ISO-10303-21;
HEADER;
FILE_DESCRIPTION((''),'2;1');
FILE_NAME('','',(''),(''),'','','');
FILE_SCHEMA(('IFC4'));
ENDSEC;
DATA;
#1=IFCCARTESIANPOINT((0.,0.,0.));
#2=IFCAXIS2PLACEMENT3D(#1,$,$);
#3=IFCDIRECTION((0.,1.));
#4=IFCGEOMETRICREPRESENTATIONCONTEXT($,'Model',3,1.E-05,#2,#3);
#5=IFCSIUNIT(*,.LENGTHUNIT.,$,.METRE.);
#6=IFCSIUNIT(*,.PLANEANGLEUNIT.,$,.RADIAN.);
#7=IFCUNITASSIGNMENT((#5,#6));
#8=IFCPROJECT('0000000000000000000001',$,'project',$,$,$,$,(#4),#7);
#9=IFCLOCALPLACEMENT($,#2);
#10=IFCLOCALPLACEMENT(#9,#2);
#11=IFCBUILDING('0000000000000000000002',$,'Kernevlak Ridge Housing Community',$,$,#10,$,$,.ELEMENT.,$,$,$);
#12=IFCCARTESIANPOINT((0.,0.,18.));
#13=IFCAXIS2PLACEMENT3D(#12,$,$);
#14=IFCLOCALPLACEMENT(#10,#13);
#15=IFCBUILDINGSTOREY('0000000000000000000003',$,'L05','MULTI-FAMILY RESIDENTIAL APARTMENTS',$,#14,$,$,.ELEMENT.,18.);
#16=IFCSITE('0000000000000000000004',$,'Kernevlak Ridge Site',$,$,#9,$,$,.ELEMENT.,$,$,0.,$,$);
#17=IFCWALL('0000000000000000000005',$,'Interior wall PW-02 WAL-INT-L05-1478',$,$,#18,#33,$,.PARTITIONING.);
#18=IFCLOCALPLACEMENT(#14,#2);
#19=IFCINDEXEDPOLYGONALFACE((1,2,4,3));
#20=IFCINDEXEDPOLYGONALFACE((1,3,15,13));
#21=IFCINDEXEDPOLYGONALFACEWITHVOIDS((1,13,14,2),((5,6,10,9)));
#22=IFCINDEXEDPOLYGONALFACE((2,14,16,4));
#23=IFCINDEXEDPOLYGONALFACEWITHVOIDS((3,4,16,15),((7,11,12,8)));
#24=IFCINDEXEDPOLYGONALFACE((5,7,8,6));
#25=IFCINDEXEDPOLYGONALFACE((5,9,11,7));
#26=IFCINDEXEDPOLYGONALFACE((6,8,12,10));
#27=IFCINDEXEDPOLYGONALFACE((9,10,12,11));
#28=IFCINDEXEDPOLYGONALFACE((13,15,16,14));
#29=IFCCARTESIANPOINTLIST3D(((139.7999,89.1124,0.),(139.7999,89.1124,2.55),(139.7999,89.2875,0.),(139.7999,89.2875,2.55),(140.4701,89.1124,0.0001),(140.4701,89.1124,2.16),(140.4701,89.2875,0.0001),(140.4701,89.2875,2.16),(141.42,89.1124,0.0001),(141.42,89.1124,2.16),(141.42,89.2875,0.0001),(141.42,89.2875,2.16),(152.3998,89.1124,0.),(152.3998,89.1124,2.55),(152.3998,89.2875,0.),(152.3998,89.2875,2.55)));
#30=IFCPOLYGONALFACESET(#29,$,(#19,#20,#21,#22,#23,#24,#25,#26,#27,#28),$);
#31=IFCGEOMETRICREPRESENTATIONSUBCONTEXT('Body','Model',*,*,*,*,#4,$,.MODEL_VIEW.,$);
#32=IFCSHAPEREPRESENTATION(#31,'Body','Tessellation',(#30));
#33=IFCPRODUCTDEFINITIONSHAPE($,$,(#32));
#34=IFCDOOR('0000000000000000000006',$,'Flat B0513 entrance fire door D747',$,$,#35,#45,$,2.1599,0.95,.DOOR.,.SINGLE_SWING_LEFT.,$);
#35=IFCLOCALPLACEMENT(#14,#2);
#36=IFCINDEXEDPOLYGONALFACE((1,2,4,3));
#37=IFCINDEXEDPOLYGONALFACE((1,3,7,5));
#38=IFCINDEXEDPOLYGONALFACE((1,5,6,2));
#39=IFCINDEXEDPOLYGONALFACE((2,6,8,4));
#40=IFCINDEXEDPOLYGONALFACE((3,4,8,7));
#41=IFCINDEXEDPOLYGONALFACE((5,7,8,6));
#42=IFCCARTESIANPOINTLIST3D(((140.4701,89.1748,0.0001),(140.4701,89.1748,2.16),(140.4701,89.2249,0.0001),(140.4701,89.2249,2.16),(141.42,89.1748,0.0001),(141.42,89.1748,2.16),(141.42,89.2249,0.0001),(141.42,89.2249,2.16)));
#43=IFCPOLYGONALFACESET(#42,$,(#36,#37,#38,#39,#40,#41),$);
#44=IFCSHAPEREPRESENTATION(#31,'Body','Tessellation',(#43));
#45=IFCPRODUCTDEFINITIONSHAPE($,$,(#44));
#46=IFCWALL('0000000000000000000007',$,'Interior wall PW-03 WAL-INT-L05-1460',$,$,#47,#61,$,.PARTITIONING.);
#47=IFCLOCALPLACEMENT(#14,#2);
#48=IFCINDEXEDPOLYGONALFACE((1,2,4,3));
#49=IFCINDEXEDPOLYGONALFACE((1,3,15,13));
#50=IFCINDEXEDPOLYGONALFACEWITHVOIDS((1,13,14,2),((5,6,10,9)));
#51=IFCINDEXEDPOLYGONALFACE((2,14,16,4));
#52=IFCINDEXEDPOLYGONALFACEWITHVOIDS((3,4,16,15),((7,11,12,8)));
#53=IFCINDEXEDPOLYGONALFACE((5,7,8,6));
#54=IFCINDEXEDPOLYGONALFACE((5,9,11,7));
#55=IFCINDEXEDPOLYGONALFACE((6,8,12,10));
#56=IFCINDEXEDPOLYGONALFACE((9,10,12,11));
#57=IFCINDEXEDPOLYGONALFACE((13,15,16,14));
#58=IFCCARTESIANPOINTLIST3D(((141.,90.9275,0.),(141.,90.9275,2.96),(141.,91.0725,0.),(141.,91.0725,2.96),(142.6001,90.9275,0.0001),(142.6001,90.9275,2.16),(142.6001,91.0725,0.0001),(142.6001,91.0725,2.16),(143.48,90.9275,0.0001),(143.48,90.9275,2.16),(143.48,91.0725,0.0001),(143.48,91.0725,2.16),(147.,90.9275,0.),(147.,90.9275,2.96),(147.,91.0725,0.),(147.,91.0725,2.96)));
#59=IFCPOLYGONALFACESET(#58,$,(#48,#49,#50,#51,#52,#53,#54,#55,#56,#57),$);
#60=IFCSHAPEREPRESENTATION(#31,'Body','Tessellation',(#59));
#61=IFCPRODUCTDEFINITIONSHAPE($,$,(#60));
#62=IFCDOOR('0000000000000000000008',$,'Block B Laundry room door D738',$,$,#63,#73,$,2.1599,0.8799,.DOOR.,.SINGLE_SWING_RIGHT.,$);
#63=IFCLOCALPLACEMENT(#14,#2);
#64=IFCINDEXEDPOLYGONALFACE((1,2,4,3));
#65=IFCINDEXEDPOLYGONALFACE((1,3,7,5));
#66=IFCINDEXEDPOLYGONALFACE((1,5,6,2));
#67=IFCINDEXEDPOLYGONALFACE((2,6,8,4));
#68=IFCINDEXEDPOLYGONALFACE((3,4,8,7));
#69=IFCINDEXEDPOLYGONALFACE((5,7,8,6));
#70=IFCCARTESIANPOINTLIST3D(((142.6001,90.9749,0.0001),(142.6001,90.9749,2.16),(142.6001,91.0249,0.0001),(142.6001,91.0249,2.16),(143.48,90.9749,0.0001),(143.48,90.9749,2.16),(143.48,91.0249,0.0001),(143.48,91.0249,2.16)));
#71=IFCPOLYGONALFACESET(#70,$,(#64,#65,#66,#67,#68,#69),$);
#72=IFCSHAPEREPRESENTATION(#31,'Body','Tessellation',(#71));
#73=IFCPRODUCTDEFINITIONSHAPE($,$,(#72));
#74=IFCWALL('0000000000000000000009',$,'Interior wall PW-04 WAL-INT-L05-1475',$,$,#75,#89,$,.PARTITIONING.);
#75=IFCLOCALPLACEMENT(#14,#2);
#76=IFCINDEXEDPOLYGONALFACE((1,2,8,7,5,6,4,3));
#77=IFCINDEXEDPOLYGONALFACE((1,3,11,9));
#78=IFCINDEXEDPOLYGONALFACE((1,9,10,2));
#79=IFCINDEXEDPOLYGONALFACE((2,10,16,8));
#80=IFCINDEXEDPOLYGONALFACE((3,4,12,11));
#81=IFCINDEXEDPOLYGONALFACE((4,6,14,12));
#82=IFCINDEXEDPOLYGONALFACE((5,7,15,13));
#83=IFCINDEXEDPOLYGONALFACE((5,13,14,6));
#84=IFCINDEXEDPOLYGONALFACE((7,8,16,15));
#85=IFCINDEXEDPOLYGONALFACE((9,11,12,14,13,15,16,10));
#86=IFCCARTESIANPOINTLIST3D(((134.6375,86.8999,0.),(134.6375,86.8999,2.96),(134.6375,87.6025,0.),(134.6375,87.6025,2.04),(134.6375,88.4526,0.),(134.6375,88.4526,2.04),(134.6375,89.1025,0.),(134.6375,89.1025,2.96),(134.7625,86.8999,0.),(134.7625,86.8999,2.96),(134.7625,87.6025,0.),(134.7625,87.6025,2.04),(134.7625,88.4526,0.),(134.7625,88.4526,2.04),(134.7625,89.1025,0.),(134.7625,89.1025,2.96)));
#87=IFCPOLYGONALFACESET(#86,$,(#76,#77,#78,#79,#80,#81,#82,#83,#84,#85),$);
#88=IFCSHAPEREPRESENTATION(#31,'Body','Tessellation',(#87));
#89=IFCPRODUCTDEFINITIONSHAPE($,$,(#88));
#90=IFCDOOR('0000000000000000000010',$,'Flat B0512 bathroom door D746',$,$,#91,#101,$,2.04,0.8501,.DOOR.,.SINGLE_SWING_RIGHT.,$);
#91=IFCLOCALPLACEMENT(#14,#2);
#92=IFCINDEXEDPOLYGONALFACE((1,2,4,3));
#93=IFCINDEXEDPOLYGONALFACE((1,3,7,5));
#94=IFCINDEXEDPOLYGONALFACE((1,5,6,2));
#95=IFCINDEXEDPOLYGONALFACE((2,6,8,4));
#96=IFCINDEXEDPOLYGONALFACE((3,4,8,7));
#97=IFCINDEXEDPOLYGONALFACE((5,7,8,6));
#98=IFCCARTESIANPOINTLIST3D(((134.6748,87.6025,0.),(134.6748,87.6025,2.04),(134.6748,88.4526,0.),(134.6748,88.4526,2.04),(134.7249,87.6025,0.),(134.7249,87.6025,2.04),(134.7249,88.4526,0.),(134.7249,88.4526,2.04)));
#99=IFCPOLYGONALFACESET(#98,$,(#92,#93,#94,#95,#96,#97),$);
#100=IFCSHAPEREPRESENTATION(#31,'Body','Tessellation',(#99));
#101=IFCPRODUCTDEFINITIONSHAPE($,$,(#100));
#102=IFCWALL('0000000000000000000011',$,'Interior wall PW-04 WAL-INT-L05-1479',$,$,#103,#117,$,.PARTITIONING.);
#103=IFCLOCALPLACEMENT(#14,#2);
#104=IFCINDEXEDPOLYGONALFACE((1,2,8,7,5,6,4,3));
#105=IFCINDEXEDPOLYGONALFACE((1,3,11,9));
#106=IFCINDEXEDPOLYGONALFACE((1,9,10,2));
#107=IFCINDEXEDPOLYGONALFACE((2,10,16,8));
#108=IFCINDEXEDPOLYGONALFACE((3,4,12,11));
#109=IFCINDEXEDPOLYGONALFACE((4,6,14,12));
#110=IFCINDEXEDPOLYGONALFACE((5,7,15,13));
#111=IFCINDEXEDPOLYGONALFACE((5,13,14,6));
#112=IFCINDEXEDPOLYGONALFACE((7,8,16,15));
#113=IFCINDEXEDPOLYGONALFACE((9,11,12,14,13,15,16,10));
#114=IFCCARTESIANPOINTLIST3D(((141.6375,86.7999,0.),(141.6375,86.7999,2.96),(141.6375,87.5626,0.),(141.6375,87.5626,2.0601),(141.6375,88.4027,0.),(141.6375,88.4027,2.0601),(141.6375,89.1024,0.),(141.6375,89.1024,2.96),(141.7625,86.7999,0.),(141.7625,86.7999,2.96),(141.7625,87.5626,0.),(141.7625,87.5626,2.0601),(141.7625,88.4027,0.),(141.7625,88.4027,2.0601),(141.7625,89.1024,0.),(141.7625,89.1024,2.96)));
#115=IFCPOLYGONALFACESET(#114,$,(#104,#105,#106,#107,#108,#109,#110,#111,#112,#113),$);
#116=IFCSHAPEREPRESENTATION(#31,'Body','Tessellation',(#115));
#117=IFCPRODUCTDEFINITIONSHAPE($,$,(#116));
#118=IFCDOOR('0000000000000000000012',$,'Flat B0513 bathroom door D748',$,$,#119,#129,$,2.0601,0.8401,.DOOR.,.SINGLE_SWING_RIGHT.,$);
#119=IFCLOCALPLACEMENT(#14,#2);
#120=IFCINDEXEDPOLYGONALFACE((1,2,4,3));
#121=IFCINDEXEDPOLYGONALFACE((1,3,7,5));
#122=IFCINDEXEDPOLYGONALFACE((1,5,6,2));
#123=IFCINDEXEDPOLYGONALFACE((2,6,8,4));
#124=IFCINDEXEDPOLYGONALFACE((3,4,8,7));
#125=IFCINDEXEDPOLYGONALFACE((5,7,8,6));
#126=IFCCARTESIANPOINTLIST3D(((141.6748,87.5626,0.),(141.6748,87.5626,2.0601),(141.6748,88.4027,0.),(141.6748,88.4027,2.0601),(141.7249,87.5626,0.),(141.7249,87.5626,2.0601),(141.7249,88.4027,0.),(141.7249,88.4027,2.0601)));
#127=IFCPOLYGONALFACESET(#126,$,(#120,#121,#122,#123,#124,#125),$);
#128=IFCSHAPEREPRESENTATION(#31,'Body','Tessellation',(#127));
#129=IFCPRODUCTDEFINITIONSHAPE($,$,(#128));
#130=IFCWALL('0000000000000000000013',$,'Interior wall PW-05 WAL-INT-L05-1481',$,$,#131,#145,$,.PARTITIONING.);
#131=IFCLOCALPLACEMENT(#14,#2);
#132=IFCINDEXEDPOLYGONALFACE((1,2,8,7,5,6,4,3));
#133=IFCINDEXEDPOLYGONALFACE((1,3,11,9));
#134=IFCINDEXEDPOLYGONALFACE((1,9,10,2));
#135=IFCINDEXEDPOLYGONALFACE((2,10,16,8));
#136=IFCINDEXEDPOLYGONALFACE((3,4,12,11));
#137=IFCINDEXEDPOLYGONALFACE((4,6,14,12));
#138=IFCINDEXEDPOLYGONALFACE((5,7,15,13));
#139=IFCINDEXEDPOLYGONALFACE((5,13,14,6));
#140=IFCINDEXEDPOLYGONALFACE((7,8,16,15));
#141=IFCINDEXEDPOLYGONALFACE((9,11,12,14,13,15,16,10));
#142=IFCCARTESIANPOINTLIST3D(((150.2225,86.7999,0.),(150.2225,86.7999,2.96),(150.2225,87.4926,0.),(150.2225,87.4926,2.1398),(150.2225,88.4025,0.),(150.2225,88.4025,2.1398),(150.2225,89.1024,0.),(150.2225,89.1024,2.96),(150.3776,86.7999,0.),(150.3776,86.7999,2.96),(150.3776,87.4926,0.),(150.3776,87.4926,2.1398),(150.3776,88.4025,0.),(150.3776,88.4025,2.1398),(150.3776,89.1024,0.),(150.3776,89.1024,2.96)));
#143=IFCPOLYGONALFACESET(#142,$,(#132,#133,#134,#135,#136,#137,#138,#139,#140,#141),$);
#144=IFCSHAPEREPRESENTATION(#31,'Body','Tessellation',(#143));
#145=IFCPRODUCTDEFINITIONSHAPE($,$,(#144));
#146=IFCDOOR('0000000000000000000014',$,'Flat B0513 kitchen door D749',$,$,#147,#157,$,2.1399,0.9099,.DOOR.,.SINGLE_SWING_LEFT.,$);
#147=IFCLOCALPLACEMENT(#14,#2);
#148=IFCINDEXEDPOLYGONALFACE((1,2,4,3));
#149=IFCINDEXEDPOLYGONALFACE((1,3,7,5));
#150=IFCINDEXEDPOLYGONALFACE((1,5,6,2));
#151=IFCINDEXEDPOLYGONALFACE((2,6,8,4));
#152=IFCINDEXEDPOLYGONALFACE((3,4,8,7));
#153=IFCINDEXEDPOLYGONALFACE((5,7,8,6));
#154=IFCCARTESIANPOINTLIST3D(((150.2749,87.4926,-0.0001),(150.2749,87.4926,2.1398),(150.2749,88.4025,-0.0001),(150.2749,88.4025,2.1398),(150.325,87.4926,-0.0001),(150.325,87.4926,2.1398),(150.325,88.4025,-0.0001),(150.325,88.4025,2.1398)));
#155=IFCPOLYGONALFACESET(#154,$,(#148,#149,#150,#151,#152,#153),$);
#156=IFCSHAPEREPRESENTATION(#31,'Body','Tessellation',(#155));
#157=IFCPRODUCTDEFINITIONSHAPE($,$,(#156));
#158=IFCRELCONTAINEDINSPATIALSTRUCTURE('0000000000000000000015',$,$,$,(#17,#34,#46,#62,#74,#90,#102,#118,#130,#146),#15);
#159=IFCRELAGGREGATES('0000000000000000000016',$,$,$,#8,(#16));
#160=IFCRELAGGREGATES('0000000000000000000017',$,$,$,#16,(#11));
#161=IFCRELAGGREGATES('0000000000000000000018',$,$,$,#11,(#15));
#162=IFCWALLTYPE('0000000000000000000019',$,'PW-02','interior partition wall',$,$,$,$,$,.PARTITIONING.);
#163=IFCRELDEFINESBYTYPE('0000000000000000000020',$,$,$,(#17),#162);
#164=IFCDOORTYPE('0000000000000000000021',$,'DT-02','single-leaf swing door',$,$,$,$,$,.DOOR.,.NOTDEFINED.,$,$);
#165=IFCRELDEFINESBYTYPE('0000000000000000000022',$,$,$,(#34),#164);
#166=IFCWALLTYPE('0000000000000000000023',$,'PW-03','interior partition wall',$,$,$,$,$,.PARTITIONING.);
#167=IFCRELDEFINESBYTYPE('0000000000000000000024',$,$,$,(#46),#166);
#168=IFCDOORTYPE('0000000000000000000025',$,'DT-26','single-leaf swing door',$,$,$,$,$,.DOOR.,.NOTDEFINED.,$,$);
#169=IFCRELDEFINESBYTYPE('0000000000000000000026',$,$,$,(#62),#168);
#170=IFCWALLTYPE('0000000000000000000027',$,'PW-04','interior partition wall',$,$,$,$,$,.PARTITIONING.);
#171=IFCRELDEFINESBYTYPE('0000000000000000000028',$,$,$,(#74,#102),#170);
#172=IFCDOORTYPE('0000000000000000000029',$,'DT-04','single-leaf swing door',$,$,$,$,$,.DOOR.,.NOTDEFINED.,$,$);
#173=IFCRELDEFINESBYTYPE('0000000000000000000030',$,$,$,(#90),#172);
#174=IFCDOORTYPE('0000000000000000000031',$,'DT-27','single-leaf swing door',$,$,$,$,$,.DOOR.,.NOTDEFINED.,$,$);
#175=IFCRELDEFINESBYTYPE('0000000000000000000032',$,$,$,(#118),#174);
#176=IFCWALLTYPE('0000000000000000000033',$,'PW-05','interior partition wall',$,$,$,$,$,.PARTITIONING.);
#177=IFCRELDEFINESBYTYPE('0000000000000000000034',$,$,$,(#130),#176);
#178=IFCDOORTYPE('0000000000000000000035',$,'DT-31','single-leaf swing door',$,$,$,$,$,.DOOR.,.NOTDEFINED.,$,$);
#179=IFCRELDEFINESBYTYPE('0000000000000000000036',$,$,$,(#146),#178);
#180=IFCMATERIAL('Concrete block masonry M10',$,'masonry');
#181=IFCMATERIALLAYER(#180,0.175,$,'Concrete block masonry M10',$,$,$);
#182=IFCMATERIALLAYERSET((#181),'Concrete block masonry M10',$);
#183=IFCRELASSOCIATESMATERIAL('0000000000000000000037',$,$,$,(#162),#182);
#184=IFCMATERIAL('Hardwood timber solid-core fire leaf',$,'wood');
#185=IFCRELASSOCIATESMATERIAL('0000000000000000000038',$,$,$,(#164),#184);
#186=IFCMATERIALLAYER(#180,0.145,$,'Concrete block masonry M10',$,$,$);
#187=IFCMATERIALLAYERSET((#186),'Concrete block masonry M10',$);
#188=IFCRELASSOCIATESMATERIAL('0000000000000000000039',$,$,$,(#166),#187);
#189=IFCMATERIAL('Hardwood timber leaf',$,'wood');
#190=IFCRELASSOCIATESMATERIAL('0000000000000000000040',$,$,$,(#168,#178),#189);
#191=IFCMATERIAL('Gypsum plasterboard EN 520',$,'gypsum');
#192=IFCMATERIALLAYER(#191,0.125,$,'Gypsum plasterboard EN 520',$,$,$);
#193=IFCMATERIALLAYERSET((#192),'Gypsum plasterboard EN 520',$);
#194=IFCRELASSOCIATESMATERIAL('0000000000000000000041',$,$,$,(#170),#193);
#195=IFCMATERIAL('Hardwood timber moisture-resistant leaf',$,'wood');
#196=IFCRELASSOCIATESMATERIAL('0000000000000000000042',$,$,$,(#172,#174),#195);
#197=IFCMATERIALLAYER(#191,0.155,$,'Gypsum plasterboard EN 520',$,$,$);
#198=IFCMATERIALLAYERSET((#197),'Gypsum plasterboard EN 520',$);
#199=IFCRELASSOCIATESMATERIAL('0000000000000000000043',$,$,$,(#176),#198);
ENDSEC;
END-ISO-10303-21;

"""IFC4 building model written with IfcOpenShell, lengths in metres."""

from ifc_helpers import new_model, si_unit, direction, frame, frame_2d, origin, place, context, subcontext, project, spatial, rectangle, extrude, material, layer, layer_set, type_object, element, fill, save


model = new_model("IFC4")

# Units and contexts
model_context = context("Model", 3, precision=1e-05, world=origin(), true_north=direction((0.0, 1.0)))
body_context = subcontext(model_context, "Body", "Model", "MODEL_VIEW")
ifc_project = project(units=[si_unit("LENGTHUNIT", "METRE"), si_unit("PLANEANGLEUNIT", "RADIAN")], contexts=[model_context])

# Site, building, storey
site_placement = place(None, origin())
site = spatial("IfcSite", under=ifc_project, at=site_placement, Name="Kernevlak Ridge Site", CompositionType="ELEMENT", RefElevation=0.0)
building_placement = place(site_placement, origin())
building = spatial("IfcBuilding", under=site, at=building_placement, Name="Kernevlak Ridge Housing Community", CompositionType="ELEMENT")
storey_placement = place(building_placement, frame((0.0, 0.0, 18.0)))
storey = spatial("IfcBuildingStorey", under=building, at=storey_placement, Name="L05", Description="MULTI-FAMILY RESIDENTIAL APARTMENTS", CompositionType="ELEMENT", Elevation=18.0)

# Shared definitions
ifc_material_1 = material(Name="Concrete block masonry M10", Category="masonry")
ifc_layer_1 = layer(ifc_material_1, 0.175, Name="Concrete block masonry M10")
ifc_layer_set_1 = layer_set([ifc_layer_1], Name="Concrete block masonry M10")
wall_type_1 = type_object("IfcWallType", Name="PW-02", Description="interior partition wall", PredefinedType="PARTITIONING", material=ifc_layer_set_1)

# Walls, openings, doors
wall_1_placement = place(storey_placement, frame((139.8, 89.2, 0.0), z_axis=(0.0, 0.0, 1.0), x_axis=(1.0, 0.0, 0.0)))
wall_1 = element("IfcWall", 1, at=wall_1_placement, inside=storey, type_object=wall_type_1, Name="Interior wall PW-02 WAL-INT-L05-1478", PredefinedType="PARTITIONING", context=body_context, shape_type="SweptSolid", body=[
    extrude(rectangle(XDim=12.5999, YDim=0.175, at=frame_2d((6.2998, 0.0))), origin(), (0.0, 0.0, 1.0), 2.55),
])
opening_1_placement = place(wall_1_placement, frame((0.6699, 0.0, 0.0)))
opening_1 = element("IfcOpeningElement", 2, at=opening_1_placement, cuts=wall_1, PredefinedType="OPENING", context=body_context, shape_type="SweptSolid", body=[
    extrude(rectangle(XDim=0.95, YDim=2.1599, at=frame_2d((0.4751, 1.0801))), frame((0.0, 0.0974, 0.0), z_axis=(0.0, -1.0, 0.0), x_axis=(1.0, 0.0, 0.0)), (0.0, 0.0, 1.0), 0.1951),
])
ifc_material_2 = material(Name="Hardwood timber solid-core fire leaf", Category="wood")
door_type_1 = type_object("IfcDoorType", Name="DT-02", Description="single-leaf swing door", OperationType="NOTDEFINED", PredefinedType="DOOR", material=ifc_material_2)
door_1_placement = place(opening_1_placement, origin())
door_1 = element("IfcDoor", 3, at=door_1_placement, inside=storey, type_object=door_type_1, Name="Flat B0513 entrance fire door D747", OperationType="SINGLE_SWING_LEFT", OverallHeight=2.1599, OverallWidth=0.95, PredefinedType="DOOR", context=body_context, shape_type="SweptSolid", body=[
    extrude(rectangle(XDim=0.95, YDim=2.1599, at=frame_2d((0.4751, 1.0801))), frame((0.0, 0.0249, 0.0), z_axis=(0.0, -1.0, 0.0), x_axis=(1.0, 0.0, 0.0)), (0.0, 0.0, 1.0), 0.05),
])
fill(opening_1, door_1)
ifc_layer_2 = layer(ifc_material_1, 0.145, Name="Concrete block masonry M10")
ifc_layer_set_2 = layer_set([ifc_layer_2], Name="Concrete block masonry M10")
wall_type_2 = type_object("IfcWallType", Name="PW-03", Description="interior partition wall", PredefinedType="PARTITIONING", material=ifc_layer_set_2)
wall_2_placement = place(storey_placement, frame((141.0, 91.0, 0.0), z_axis=(0.0, 0.0, 1.0), x_axis=(1.0, 0.0, 0.0)))
wall_2 = element("IfcWall", 4, at=wall_2_placement, inside=storey, type_object=wall_type_2, Name="Interior wall PW-03 WAL-INT-L05-1460", PredefinedType="PARTITIONING", context=body_context, shape_type="SweptSolid", body=[
    extrude(rectangle(XDim=6.0, YDim=0.145, at=frame_2d((3.0, 0.0))), origin(), (0.0, 0.0, 1.0), 2.96),
])
opening_2_placement = place(wall_2_placement, frame((1.6001, 0.0, 0.0)))
opening_2 = element("IfcOpeningElement", 5, at=opening_2_placement, cuts=wall_2, PredefinedType="OPENING", context=body_context, shape_type="SweptSolid", body=[
    extrude(rectangle(XDim=0.8799, YDim=2.1599, at=frame_2d((0.4399, 1.0801))), frame((0.0, 0.0825, 0.0), z_axis=(0.0, -1.0, 0.0), x_axis=(1.0, 0.0, 0.0)), (0.0, 0.0, 1.0), 0.165),
])
ifc_material_3 = material(Name="Hardwood timber leaf", Category="wood")
door_type_2 = type_object("IfcDoorType", Name="DT-26", Description="single-leaf swing door", OperationType="NOTDEFINED", PredefinedType="DOOR", material=ifc_material_3)
door_2_placement = place(opening_2_placement, origin())
door_2 = element("IfcDoor", 6, at=door_2_placement, inside=storey, type_object=door_type_2, Name="Block B Laundry room door D738", OperationType="SINGLE_SWING_RIGHT", OverallHeight=2.1599, OverallWidth=0.8799, PredefinedType="DOOR", context=body_context, shape_type="SweptSolid", body=[
    extrude(rectangle(XDim=0.8799, YDim=2.1599, at=frame_2d((0.4399, 1.0801))), frame((0.0, 0.0249, 0.0), z_axis=(0.0, -1.0, 0.0), x_axis=(1.0, 0.0, 0.0)), (0.0, 0.0, 1.0), 0.05),
])
fill(opening_2, door_2)
ifc_material_4 = material(Name="Gypsum plasterboard EN 520", Category="gypsum")
ifc_layer_3 = layer(ifc_material_4, 0.125, Name="Gypsum plasterboard EN 520")
ifc_layer_set_3 = layer_set([ifc_layer_3], Name="Gypsum plasterboard EN 520")
wall_type_3 = type_object("IfcWallType", Name="PW-04", Description="interior partition wall", PredefinedType="PARTITIONING", material=ifc_layer_set_3)
wall_3_placement = place(storey_placement, frame((134.7, 89.1025, 0.0), z_axis=(0.0, 0.0, 1.0), x_axis=(0.0, -1.0, 0.0)))
wall_3 = element("IfcWall", 7, at=wall_3_placement, inside=storey, type_object=wall_type_3, Name="Interior wall PW-04 WAL-INT-L05-1475", PredefinedType="PARTITIONING", context=body_context, shape_type="SweptSolid", body=[
    extrude(rectangle(XDim=2.2026, YDim=0.125, at=frame_2d((1.1013, 0.0))), origin(), (0.0, 0.0, 1.0), 2.96),
])
opening_3_placement = place(wall_3_placement, frame((0.6499, 0.0, 0.0)))
opening_3 = element("IfcOpeningElement", 8, at=opening_3_placement, cuts=wall_3, PredefinedType="OPENING", context=body_context, shape_type="SweptSolid", body=[
    extrude(rectangle(XDim=0.8501, YDim=2.04, at=frame_2d((0.425, 1.02))), frame((0.0, 0.0725, 0.0), z_axis=(0.0, -1.0, 0.0), x_axis=(1.0, 0.0, 0.0)), (0.0, 0.0, 1.0), 0.145),
])
ifc_material_5 = material(Name="Hardwood timber moisture-resistant leaf", Category="wood")
door_type_3 = type_object("IfcDoorType", Name="DT-04", Description="single-leaf swing door", OperationType="NOTDEFINED", PredefinedType="DOOR", material=ifc_material_5)
door_3_placement = place(opening_3_placement, origin())
door_3 = element("IfcDoor", 9, at=door_3_placement, inside=storey, type_object=door_type_3, Name="Flat B0512 bathroom door D746", OperationType="SINGLE_SWING_RIGHT", OverallHeight=2.04, OverallWidth=0.8501, PredefinedType="DOOR", context=body_context, shape_type="SweptSolid", body=[
    extrude(rectangle(XDim=0.8501, YDim=2.04, at=frame_2d((0.425, 1.02))), frame((0.0, 0.0249, 0.0), z_axis=(0.0, -1.0, 0.0), x_axis=(1.0, 0.0, 0.0)), (0.0, 0.0, 1.0), 0.05),
])
fill(opening_3, door_3)
wall_4_placement = place(storey_placement, frame((141.7, 89.1025, 0.0), z_axis=(0.0, 0.0, 1.0), x_axis=(0.0, -1.0, 0.0)))
wall_4 = element("IfcWall", 10, at=wall_4_placement, inside=storey, type_object=wall_type_3, Name="Interior wall PW-04 WAL-INT-L05-1479", PredefinedType="PARTITIONING", context=body_context, shape_type="SweptSolid", body=[
    extrude(rectangle(XDim=2.3025, YDim=0.125, at=frame_2d((1.1514, 0.0))), origin(), (0.0, 0.0, 1.0), 2.96),
])
opening_4_placement = place(wall_4_placement, frame((0.7, 0.0, 0.0)))
opening_4 = element("IfcOpeningElement", 11, at=opening_4_placement, cuts=wall_4, PredefinedType="OPENING", context=body_context, shape_type="SweptSolid", body=[
    extrude(rectangle(XDim=0.8401, YDim=2.0601, at=frame_2d((0.4199, 1.03))), frame((0.0, 0.0725, 0.0), z_axis=(0.0, -1.0, 0.0), x_axis=(1.0, 0.0, 0.0)), (0.0, 0.0, 1.0), 0.145),
])
door_type_4 = type_object("IfcDoorType", Name="DT-27", Description="single-leaf swing door", OperationType="NOTDEFINED", PredefinedType="DOOR", material=ifc_material_5)
door_4_placement = place(opening_4_placement, origin())
door_4 = element("IfcDoor", 12, at=door_4_placement, inside=storey, type_object=door_type_4, Name="Flat B0513 bathroom door D748", OperationType="SINGLE_SWING_RIGHT", OverallHeight=2.0601, OverallWidth=0.8401, PredefinedType="DOOR", context=body_context, shape_type="SweptSolid", body=[
    extrude(rectangle(XDim=0.8401, YDim=2.0601, at=frame_2d((0.4199, 1.03))), frame((0.0, 0.0249, 0.0), z_axis=(0.0, -1.0, 0.0), x_axis=(1.0, 0.0, 0.0)), (0.0, 0.0, 1.0), 0.05),
])
fill(opening_4, door_4)
ifc_layer_4 = layer(ifc_material_4, 0.155, Name="Gypsum plasterboard EN 520")
ifc_layer_set_4 = layer_set([ifc_layer_4], Name="Gypsum plasterboard EN 520")
wall_type_4 = type_object("IfcWallType", Name="PW-05", Description="interior partition wall", PredefinedType="PARTITIONING", material=ifc_layer_set_4)
wall_5_placement = place(storey_placement, frame((150.3, 89.1025, 0.0), z_axis=(0.0, 0.0, 1.0), x_axis=(0.0, -1.0, 0.0)))
wall_5 = element("IfcWall", 13, at=wall_5_placement, inside=storey, type_object=wall_type_4, Name="Interior wall PW-05 WAL-INT-L05-1481", PredefinedType="PARTITIONING", context=body_context, shape_type="SweptSolid", body=[
    extrude(rectangle(XDim=2.3025, YDim=0.155, at=frame_2d((1.1514, 0.0))), origin(), (0.0, 0.0, 1.0), 2.96),
])
opening_5_placement = place(wall_5_placement, frame((0.7, 0.0, 0.0)))
opening_5 = element("IfcOpeningElement", 14, at=opening_5_placement, cuts=wall_5, PredefinedType="OPENING", context=body_context, shape_type="SweptSolid", body=[
    extrude(rectangle(XDim=0.9099, YDim=2.1399, at=frame_2d((0.4551, 1.0698))), frame((0.0, 0.0874, 0.0), z_axis=(0.0, -1.0, 0.0), x_axis=(1.0, 0.0, 0.0)), (0.0, 0.0, 1.0), 0.175),
])
door_type_5 = type_object("IfcDoorType", Name="DT-31", Description="single-leaf swing door", OperationType="NOTDEFINED", PredefinedType="DOOR", material=ifc_material_3)
door_5_placement = place(opening_5_placement, origin())
door_5 = element("IfcDoor", 15, at=door_5_placement, inside=storey, type_object=door_type_5, Name="Flat B0513 kitchen door D749", OperationType="SINGLE_SWING_LEFT", OverallHeight=2.1399, OverallWidth=0.9099, PredefinedType="DOOR", context=body_context, shape_type="SweptSolid", body=[
    extrude(rectangle(XDim=0.9099, YDim=2.1399, at=frame_2d((0.4551, 1.0698))), frame((0.0, 0.0249, 0.0), z_axis=(0.0, -1.0, 0.0), x_axis=(1.0, 0.0, 0.0)), (0.0, 0.0, 1.0), 0.05),
])
fill(opening_5, door_5)

save(model, "model.ifc")
